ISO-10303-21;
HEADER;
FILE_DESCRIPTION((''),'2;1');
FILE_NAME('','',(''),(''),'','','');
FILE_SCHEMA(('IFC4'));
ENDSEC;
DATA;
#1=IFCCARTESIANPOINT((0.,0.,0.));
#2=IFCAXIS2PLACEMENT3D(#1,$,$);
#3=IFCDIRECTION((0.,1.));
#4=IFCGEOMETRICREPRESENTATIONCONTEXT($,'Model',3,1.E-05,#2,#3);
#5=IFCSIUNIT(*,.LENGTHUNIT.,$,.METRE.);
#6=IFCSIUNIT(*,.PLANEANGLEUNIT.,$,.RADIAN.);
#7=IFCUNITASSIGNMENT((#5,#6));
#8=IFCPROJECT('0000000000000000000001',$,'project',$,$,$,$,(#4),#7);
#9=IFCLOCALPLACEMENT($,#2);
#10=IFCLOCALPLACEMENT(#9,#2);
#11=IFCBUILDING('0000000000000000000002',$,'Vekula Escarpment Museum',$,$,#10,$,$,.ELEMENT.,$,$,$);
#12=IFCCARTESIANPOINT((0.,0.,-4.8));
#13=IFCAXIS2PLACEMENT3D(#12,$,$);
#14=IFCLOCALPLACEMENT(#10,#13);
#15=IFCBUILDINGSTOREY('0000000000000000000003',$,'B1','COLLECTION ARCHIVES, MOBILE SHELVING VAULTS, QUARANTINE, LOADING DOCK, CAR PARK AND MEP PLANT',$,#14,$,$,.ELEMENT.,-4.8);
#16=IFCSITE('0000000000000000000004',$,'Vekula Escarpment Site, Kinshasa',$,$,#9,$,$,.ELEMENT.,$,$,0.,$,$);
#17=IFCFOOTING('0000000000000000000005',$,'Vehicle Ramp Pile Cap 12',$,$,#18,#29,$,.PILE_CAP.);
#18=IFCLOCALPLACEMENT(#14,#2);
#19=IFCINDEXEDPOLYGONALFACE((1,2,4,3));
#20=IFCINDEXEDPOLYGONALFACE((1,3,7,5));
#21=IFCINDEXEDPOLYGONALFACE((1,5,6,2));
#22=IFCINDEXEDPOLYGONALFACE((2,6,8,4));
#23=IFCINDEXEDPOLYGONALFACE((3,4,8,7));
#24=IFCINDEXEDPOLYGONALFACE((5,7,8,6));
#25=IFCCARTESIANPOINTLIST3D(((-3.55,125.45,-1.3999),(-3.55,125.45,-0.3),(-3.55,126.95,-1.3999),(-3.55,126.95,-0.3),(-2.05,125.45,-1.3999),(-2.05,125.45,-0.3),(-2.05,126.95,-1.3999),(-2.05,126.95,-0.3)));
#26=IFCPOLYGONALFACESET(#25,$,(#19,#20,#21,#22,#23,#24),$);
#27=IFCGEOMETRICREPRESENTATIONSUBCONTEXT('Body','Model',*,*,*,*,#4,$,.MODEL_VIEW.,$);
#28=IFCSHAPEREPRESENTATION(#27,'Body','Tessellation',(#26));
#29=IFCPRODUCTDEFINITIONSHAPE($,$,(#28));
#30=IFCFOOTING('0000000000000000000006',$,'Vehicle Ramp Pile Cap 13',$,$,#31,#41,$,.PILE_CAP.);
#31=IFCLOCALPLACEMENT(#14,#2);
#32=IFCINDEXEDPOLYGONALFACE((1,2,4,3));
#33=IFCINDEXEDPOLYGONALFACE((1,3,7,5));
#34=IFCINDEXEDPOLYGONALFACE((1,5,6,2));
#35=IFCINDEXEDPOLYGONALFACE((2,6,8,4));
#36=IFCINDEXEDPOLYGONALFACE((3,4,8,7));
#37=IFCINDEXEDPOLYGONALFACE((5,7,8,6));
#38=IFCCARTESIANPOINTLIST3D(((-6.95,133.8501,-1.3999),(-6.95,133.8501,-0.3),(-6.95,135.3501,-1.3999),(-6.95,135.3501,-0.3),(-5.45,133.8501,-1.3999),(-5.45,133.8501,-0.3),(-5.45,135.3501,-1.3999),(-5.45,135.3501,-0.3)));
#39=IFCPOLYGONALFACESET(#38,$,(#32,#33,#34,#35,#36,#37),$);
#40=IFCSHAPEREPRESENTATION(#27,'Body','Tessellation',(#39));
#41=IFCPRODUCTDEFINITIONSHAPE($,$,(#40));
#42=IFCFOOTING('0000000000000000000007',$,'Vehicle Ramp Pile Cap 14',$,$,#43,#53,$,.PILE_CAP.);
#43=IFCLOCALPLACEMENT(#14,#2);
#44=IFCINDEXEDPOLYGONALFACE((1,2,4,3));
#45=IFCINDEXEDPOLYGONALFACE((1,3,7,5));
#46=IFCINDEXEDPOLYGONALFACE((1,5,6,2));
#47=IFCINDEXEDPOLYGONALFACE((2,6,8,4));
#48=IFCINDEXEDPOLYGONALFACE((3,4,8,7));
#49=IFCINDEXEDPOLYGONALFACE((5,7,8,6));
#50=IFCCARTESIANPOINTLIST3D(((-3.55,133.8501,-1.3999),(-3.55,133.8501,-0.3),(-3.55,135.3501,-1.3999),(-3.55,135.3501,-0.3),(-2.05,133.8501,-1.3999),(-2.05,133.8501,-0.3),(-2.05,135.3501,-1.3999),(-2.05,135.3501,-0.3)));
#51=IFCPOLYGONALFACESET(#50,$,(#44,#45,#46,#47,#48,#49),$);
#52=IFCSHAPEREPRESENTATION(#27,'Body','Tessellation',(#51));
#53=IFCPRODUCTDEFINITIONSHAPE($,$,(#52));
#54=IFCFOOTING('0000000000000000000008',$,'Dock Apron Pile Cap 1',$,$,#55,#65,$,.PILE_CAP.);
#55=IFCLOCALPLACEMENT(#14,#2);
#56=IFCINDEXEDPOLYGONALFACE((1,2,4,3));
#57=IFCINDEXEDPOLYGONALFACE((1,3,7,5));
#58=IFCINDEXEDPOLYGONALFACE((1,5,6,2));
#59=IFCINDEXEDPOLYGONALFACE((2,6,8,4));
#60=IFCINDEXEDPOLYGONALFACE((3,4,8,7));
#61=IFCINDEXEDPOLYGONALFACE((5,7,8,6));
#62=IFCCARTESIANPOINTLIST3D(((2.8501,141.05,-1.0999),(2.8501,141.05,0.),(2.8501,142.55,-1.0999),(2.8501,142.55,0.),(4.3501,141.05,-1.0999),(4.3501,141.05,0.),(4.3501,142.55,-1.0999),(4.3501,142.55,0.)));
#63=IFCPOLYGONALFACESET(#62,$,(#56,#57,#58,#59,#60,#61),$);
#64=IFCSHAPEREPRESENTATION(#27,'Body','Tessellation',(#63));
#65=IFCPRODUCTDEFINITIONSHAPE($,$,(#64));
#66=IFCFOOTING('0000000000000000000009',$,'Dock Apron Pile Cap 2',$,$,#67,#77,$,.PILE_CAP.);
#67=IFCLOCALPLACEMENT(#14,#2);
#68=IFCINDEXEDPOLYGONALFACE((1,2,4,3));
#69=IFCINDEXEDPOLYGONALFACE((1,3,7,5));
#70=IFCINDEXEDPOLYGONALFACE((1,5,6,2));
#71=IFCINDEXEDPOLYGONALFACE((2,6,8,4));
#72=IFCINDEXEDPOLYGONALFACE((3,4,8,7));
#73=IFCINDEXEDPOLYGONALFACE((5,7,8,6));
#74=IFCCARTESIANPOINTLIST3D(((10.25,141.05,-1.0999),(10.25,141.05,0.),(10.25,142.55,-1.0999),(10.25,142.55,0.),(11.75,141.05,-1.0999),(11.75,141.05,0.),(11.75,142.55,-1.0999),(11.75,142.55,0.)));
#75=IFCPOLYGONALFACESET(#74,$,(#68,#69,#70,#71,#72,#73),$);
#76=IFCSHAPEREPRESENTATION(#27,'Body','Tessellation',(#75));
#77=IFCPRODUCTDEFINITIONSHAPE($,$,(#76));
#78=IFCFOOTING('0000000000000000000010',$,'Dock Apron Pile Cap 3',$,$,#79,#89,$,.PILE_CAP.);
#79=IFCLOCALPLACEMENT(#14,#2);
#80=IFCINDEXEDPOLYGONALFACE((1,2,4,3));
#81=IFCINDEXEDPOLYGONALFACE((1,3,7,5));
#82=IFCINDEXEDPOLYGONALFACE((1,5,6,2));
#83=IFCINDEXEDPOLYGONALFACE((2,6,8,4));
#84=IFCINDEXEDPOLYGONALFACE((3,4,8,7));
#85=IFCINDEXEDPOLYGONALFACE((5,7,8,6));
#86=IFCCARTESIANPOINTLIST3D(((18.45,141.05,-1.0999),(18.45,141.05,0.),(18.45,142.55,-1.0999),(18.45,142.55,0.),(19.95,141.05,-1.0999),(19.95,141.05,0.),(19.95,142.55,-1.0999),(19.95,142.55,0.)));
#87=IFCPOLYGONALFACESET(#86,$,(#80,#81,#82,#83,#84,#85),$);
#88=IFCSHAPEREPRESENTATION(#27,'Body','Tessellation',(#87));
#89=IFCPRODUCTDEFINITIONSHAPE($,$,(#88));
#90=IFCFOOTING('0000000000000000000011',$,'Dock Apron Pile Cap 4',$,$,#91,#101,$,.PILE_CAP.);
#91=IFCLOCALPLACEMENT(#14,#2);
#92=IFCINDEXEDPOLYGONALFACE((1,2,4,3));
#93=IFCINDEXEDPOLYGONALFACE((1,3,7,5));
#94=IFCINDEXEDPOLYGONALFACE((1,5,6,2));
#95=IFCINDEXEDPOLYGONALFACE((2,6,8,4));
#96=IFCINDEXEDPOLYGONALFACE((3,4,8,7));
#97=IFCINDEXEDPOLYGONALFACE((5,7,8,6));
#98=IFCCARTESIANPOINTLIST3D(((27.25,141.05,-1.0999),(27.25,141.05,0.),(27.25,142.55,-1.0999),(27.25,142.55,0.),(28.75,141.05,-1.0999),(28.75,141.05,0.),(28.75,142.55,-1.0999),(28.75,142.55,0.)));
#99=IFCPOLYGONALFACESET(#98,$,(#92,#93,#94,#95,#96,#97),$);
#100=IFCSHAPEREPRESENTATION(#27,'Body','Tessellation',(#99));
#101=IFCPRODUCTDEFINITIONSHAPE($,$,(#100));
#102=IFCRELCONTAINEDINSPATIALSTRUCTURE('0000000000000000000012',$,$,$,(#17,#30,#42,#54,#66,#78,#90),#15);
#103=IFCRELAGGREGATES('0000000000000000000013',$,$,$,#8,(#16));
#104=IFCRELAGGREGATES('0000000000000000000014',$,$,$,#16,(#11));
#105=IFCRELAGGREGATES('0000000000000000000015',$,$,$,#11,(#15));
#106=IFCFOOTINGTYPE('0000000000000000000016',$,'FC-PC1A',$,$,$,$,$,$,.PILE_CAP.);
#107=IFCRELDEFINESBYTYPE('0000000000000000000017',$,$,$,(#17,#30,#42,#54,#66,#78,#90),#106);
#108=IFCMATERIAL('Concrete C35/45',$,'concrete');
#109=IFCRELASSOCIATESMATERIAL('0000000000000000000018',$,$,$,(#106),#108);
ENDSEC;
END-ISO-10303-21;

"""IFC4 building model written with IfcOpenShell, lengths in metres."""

from ifc_helpers import new_model, si_unit, direction, frame, origin, place, context, subcontext, project, spatial, polyline, outline, extrude, material, type_object, element, save


model = new_model("IFC4")

# Units and contexts
model_context = context("Model", 3, precision=1e-05, world=origin(), true_north=direction((0.0, 1.0)))
body_context = subcontext(model_context, "Body", "Model", "MODEL_VIEW")
ifc_project = project(units=[si_unit("LENGTHUNIT", "METRE"), si_unit("PLANEANGLEUNIT", "RADIAN")], contexts=[model_context])

# Site, building, storey
site_placement = place(None, origin())
site = spatial("IfcSite", under=ifc_project, at=site_placement, Name="Vekula Escarpment Site, Kinshasa", CompositionType="ELEMENT", RefElevation=0.0)
building_placement = place(site_placement, origin())
building = spatial("IfcBuilding", under=site, at=building_placement, Name="Vekula Escarpment Museum", CompositionType="ELEMENT")
storey_placement = place(building_placement, frame((0.0, 0.0, -4.8)))
storey = spatial("IfcBuildingStorey", under=building, at=storey_placement, Name="B1", Description="COLLECTION ARCHIVES, MOBILE SHELVING VAULTS, QUARANTINE, LOADING DOCK, CAR PARK AND MEP PLANT", CompositionType="ELEMENT", Elevation=-4.8)

# Footings
ifc_material_1 = material(Name="Concrete C35/45", Category="concrete")
footing_type_1 = type_object("IfcFootingType", Name="FC-PC1A", PredefinedType="PILE_CAP", material=ifc_material_1)
footing_1_placement = place(storey_placement, frame((0.0, 0.0, -1.3999)))
element("IfcFooting", 1, at=footing_1_placement, inside=storey, type_object=footing_type_1, Name="Vehicle Ramp Pile Cap 12", PredefinedType="PILE_CAP", context=body_context, shape_type="SweptSolid", body=[
    extrude(outline(polyline([(-3.55, 125.45), (-2.05, 125.45), (-2.05, 126.95), (-3.55, 126.95), (-3.55, 125.45)])), origin(), (0.0, 0.0, 1.0), 1.0999),
])
footing_2_placement = place(storey_placement, frame((0.0, 0.0, -1.3999)))
element("IfcFooting", 2, at=footing_2_placement, inside=storey, type_object=footing_type_1, Name="Vehicle Ramp Pile Cap 13", PredefinedType="PILE_CAP", context=body_context, shape_type="SweptSolid", body=[
    extrude(outline(polyline([(-6.95, 133.8501), (-5.45, 133.8501), (-5.45, 135.3501), (-6.95, 135.3501), (-6.95, 133.8501)])), origin(), (0.0, 0.0, 1.0), 1.0999),
])
footing_3_placement = place(storey_placement, frame((0.0, 0.0, -1.3999)))
element("IfcFooting", 3, at=footing_3_placement, inside=storey, type_object=footing_type_1, Name="Vehicle Ramp Pile Cap 14", PredefinedType="PILE_CAP", context=body_context, shape_type="SweptSolid", body=[
    extrude(outline(polyline([(-3.55, 133.8501), (-2.05, 133.8501), (-2.05, 135.3501), (-3.55, 135.3501), (-3.55, 133.8501)])), origin(), (0.0, 0.0, 1.0), 1.0999),
])
footing_4_placement = place(storey_placement, frame((0.0, 0.0, -1.0999)))
element("IfcFooting", 4, at=footing_4_placement, inside=storey, type_object=footing_type_1, Name="Dock Apron Pile Cap 1", PredefinedType="PILE_CAP", context=body_context, shape_type="SweptSolid", body=[
    extrude(outline(polyline([(2.8501, 141.05), (4.3501, 141.05), (4.3501, 142.55), (2.8501, 142.55), (2.8501, 141.05)])), origin(), (0.0, 0.0, 1.0), 1.0999),
])
footing_5_placement = place(storey_placement, frame((0.0, 0.0, -1.0999)))
element("IfcFooting", 5, at=footing_5_placement, inside=storey, type_object=footing_type_1, Name="Dock Apron Pile Cap 2", PredefinedType="PILE_CAP", context=body_context, shape_type="SweptSolid", body=[
    extrude(outline(polyline([(10.25, 141.05), (11.75, 141.05), (11.75, 142.55), (10.25, 142.55), (10.25, 141.05)])), origin(), (0.0, 0.0, 1.0), 1.0999),
])
footing_6_placement = place(storey_placement, frame((0.0, 0.0, -1.0999)))
element("IfcFooting", 6, at=footing_6_placement, inside=storey, type_object=footing_type_1, Name="Dock Apron Pile Cap 3", PredefinedType="PILE_CAP", context=body_context, shape_type="SweptSolid", body=[
    extrude(outline(polyline([(18.45, 141.05), (19.95, 141.05), (19.95, 142.55), (18.45, 142.55), (18.45, 141.05)])), origin(), (0.0, 0.0, 1.0), 1.0999),
])
footing_7_placement = place(storey_placement, frame((0.0, 0.0, -1.0999)))
element("IfcFooting", 7, at=footing_7_placement, inside=storey, type_object=footing_type_1, Name="Dock Apron Pile Cap 4", PredefinedType="PILE_CAP", context=body_context, shape_type="SweptSolid", body=[
    extrude(outline(polyline([(27.25, 141.05), (28.75, 141.05), (28.75, 142.55), (27.25, 142.55), (27.25, 141.05)])), origin(), (0.0, 0.0, 1.0), 1.0999),
])

save(model, "model.ifc")
